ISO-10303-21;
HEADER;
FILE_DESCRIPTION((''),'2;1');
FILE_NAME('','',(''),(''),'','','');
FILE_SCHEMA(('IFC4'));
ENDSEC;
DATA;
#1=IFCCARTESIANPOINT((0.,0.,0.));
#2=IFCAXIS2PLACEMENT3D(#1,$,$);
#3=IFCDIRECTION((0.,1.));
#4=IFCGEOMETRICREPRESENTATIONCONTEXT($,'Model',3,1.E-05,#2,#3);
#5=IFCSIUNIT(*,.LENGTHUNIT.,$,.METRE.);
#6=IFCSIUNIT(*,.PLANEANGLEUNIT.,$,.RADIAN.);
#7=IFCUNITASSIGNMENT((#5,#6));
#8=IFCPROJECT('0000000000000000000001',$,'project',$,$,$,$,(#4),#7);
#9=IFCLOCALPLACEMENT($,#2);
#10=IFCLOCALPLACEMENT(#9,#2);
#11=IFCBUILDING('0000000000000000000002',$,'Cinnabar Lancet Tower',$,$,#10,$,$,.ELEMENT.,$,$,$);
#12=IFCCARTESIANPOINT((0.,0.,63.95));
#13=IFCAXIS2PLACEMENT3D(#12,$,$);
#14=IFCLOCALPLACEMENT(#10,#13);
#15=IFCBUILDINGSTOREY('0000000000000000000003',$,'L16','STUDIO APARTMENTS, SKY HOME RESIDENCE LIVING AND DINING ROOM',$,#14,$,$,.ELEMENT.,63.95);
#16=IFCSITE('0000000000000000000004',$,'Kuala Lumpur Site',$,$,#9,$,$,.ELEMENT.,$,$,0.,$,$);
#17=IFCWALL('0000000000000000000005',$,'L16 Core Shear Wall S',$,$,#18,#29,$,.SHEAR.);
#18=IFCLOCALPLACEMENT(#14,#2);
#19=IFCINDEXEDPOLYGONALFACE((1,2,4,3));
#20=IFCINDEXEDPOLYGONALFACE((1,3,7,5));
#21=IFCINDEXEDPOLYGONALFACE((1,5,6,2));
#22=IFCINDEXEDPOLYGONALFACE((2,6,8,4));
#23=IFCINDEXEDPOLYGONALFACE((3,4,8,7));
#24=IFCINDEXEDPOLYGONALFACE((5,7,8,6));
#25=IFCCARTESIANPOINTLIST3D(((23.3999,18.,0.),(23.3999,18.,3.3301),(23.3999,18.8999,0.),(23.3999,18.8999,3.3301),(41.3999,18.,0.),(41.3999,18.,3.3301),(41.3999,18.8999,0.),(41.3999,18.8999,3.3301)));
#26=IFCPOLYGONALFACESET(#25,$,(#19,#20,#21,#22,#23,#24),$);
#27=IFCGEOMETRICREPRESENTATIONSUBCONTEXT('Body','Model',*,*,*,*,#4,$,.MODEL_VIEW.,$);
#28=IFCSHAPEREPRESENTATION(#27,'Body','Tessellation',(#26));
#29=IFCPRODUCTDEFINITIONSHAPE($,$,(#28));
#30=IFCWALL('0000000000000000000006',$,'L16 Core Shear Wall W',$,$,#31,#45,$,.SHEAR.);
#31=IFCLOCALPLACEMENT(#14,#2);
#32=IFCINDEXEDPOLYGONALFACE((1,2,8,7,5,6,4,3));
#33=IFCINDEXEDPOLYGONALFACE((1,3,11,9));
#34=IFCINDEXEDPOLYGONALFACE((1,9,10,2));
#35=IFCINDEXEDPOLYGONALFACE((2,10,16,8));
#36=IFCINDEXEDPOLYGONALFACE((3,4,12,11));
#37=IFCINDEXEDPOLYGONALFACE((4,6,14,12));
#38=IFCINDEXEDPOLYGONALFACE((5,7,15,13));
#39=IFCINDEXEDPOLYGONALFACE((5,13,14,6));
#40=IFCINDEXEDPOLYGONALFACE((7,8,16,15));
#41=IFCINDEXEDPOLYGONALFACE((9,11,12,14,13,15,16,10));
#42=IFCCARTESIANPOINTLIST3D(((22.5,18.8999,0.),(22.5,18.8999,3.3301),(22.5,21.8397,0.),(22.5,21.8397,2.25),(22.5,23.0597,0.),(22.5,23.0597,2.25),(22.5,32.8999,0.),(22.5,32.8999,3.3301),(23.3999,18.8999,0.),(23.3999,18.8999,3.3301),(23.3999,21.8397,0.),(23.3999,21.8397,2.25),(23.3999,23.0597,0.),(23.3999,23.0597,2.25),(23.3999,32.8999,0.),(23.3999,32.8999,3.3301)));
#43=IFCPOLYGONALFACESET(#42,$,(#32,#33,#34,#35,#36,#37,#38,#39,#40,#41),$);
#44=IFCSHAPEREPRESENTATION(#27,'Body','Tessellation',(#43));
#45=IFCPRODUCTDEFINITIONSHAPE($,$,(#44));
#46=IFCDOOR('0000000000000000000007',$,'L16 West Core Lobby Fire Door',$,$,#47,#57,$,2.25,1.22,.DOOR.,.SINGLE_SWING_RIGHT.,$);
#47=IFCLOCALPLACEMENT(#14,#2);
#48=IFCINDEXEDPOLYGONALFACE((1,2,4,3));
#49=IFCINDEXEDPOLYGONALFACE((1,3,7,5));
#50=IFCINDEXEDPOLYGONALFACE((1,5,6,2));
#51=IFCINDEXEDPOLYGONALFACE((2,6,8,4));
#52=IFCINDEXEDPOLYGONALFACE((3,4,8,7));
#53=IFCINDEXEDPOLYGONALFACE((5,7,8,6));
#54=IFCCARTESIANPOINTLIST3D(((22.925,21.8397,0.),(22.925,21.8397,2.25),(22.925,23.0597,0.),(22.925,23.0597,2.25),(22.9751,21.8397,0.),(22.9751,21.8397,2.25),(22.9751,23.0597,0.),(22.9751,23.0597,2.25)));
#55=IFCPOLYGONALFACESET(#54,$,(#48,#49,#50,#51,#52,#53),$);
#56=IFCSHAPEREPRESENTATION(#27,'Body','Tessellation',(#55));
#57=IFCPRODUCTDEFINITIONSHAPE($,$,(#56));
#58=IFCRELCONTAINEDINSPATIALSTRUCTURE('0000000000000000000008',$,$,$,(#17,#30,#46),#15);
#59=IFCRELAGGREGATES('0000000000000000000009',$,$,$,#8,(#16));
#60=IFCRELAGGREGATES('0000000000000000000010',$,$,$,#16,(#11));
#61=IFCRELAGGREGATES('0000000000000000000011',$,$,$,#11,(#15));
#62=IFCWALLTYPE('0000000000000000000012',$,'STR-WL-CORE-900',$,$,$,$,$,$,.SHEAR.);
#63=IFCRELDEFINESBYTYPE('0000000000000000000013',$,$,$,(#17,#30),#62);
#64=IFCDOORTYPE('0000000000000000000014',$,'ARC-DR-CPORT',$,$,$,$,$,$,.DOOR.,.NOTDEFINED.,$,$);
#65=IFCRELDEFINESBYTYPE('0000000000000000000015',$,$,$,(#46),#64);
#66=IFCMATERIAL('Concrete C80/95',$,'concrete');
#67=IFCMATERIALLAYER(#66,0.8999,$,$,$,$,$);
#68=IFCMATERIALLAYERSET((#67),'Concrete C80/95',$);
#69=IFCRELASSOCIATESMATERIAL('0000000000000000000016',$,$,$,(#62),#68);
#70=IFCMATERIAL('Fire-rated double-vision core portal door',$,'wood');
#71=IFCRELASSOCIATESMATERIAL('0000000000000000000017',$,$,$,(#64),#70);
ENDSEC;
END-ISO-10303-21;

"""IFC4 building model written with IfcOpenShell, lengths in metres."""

from ifc_helpers import new_model, si_unit, direction, frame, frame_2d, origin, place, context, subcontext, project, spatial, rectangle, extrude, material, layer, layer_set, type_object, element, fill, save


model = new_model("IFC4")

# Units and contexts
model_context = context("Model", 3, precision=1e-05, world=origin(), true_north=direction((0.0, 1.0)))
body_context = subcontext(model_context, "Body", "Model", "MODEL_VIEW")
ifc_project = project(units=[si_unit("LENGTHUNIT", "METRE"), si_unit("PLANEANGLEUNIT", "RADIAN")], contexts=[model_context])

# Site, building, storey
site_placement = place(None, origin())
site = spatial("IfcSite", under=ifc_project, at=site_placement, Name="Kuala Lumpur Site", CompositionType="ELEMENT", RefElevation=0.0)
building_placement = place(site_placement, origin())
building = spatial("IfcBuilding", under=site, at=building_placement, Name="Cinnabar Lancet Tower", CompositionType="ELEMENT")
storey_placement = place(building_placement, frame((0.0, 0.0, 63.95)))
storey = spatial("IfcBuildingStorey", under=building, at=storey_placement, Name="L16", Description="STUDIO APARTMENTS, SKY HOME RESIDENCE LIVING AND DINING ROOM", CompositionType="ELEMENT", Elevation=63.95)

# Wall
ifc_material_1 = material(Name="Concrete C80/95", Category="concrete")
ifc_layer_1 = layer(ifc_material_1, 0.8999)
ifc_layer_set_1 = layer_set([ifc_layer_1], Name="Concrete C80/95")
wall_type_1 = type_object("IfcWallType", Name="STR-WL-CORE-900", PredefinedType="SHEAR", material=ifc_layer_set_1)
wall_1_placement = place(storey_placement, frame((23.3999, 18.45, 0.0), z_axis=(0.0, 0.0, 1.0), x_axis=(1.0, 0.0, 0.0)))
element("IfcWall", 1, at=wall_1_placement, inside=storey, type_object=wall_type_1, Name="L16 Core Shear Wall S", PredefinedType="SHEAR", context=body_context, shape_type="SweptSolid", body=[
    extrude(rectangle(XDim=18.0, YDim=0.8999, at=frame_2d((9.0, 0.0))), origin(), (0.0, 0.0, 1.0), 3.3301),
])

# Wall, opening, door
wall_2_placement = place(storey_placement, frame((22.95, 18.8999, 0.0), z_axis=(0.0, 0.0, 1.0), x_axis=(0.0, 1.0, 0.0)))
wall_2 = element("IfcWall", 2, at=wall_2_placement, inside=storey, type_object=wall_type_1, Name="L16 Core Shear Wall W", PredefinedType="SHEAR", context=body_context, shape_type="SweptSolid", body=[
    extrude(rectangle(XDim=14.0, YDim=0.8999, at=frame_2d((7.0, 0.0))), origin(), (0.0, 0.0, 1.0), 3.3301),
])
opening_1_placement = place(wall_2_placement, frame((2.9399, 0.0, 0.0)))
opening_1 = element("IfcOpeningElement", 3, at=opening_1_placement, cuts=wall_2, PredefinedType="OPENING", context=body_context, shape_type="SweptSolid", body=[
    extrude(rectangle(XDim=1.22, YDim=2.25, at=frame_2d((0.6099, 1.125))), frame((0.0, 0.46, 0.0), z_axis=(0.0, -1.0, 0.0), x_axis=(1.0, 0.0, 0.0)), (0.0, 0.0, 1.0), 0.9199),
])
ifc_material_2 = material(Name="Fire-rated double-vision core portal door", Category="wood")
door_type_1 = type_object("IfcDoorType", Name="ARC-DR-CPORT", OperationType="NOTDEFINED", PredefinedType="DOOR", material=ifc_material_2)
door_1_placement = place(opening_1_placement, origin())
door_1 = element("IfcDoor", 4, at=door_1_placement, inside=storey, type_object=door_type_1, Name="L16 West Core Lobby Fire Door", OperationType="SINGLE_SWING_RIGHT", OverallHeight=2.25, OverallWidth=1.22, PredefinedType="DOOR", context=body_context, shape_type="SweptSolid", body=[
    extrude(rectangle(XDim=1.22, YDim=2.25, at=frame_2d((0.6099, 1.125))), frame((0.0, 0.0249, 0.0), z_axis=(0.0, -1.0, 0.0), x_axis=(1.0, 0.0, 0.0)), (0.0, 0.0, 1.0), 0.05),
])
fill(opening_1, door_1)

save(model, "model.ifc")
